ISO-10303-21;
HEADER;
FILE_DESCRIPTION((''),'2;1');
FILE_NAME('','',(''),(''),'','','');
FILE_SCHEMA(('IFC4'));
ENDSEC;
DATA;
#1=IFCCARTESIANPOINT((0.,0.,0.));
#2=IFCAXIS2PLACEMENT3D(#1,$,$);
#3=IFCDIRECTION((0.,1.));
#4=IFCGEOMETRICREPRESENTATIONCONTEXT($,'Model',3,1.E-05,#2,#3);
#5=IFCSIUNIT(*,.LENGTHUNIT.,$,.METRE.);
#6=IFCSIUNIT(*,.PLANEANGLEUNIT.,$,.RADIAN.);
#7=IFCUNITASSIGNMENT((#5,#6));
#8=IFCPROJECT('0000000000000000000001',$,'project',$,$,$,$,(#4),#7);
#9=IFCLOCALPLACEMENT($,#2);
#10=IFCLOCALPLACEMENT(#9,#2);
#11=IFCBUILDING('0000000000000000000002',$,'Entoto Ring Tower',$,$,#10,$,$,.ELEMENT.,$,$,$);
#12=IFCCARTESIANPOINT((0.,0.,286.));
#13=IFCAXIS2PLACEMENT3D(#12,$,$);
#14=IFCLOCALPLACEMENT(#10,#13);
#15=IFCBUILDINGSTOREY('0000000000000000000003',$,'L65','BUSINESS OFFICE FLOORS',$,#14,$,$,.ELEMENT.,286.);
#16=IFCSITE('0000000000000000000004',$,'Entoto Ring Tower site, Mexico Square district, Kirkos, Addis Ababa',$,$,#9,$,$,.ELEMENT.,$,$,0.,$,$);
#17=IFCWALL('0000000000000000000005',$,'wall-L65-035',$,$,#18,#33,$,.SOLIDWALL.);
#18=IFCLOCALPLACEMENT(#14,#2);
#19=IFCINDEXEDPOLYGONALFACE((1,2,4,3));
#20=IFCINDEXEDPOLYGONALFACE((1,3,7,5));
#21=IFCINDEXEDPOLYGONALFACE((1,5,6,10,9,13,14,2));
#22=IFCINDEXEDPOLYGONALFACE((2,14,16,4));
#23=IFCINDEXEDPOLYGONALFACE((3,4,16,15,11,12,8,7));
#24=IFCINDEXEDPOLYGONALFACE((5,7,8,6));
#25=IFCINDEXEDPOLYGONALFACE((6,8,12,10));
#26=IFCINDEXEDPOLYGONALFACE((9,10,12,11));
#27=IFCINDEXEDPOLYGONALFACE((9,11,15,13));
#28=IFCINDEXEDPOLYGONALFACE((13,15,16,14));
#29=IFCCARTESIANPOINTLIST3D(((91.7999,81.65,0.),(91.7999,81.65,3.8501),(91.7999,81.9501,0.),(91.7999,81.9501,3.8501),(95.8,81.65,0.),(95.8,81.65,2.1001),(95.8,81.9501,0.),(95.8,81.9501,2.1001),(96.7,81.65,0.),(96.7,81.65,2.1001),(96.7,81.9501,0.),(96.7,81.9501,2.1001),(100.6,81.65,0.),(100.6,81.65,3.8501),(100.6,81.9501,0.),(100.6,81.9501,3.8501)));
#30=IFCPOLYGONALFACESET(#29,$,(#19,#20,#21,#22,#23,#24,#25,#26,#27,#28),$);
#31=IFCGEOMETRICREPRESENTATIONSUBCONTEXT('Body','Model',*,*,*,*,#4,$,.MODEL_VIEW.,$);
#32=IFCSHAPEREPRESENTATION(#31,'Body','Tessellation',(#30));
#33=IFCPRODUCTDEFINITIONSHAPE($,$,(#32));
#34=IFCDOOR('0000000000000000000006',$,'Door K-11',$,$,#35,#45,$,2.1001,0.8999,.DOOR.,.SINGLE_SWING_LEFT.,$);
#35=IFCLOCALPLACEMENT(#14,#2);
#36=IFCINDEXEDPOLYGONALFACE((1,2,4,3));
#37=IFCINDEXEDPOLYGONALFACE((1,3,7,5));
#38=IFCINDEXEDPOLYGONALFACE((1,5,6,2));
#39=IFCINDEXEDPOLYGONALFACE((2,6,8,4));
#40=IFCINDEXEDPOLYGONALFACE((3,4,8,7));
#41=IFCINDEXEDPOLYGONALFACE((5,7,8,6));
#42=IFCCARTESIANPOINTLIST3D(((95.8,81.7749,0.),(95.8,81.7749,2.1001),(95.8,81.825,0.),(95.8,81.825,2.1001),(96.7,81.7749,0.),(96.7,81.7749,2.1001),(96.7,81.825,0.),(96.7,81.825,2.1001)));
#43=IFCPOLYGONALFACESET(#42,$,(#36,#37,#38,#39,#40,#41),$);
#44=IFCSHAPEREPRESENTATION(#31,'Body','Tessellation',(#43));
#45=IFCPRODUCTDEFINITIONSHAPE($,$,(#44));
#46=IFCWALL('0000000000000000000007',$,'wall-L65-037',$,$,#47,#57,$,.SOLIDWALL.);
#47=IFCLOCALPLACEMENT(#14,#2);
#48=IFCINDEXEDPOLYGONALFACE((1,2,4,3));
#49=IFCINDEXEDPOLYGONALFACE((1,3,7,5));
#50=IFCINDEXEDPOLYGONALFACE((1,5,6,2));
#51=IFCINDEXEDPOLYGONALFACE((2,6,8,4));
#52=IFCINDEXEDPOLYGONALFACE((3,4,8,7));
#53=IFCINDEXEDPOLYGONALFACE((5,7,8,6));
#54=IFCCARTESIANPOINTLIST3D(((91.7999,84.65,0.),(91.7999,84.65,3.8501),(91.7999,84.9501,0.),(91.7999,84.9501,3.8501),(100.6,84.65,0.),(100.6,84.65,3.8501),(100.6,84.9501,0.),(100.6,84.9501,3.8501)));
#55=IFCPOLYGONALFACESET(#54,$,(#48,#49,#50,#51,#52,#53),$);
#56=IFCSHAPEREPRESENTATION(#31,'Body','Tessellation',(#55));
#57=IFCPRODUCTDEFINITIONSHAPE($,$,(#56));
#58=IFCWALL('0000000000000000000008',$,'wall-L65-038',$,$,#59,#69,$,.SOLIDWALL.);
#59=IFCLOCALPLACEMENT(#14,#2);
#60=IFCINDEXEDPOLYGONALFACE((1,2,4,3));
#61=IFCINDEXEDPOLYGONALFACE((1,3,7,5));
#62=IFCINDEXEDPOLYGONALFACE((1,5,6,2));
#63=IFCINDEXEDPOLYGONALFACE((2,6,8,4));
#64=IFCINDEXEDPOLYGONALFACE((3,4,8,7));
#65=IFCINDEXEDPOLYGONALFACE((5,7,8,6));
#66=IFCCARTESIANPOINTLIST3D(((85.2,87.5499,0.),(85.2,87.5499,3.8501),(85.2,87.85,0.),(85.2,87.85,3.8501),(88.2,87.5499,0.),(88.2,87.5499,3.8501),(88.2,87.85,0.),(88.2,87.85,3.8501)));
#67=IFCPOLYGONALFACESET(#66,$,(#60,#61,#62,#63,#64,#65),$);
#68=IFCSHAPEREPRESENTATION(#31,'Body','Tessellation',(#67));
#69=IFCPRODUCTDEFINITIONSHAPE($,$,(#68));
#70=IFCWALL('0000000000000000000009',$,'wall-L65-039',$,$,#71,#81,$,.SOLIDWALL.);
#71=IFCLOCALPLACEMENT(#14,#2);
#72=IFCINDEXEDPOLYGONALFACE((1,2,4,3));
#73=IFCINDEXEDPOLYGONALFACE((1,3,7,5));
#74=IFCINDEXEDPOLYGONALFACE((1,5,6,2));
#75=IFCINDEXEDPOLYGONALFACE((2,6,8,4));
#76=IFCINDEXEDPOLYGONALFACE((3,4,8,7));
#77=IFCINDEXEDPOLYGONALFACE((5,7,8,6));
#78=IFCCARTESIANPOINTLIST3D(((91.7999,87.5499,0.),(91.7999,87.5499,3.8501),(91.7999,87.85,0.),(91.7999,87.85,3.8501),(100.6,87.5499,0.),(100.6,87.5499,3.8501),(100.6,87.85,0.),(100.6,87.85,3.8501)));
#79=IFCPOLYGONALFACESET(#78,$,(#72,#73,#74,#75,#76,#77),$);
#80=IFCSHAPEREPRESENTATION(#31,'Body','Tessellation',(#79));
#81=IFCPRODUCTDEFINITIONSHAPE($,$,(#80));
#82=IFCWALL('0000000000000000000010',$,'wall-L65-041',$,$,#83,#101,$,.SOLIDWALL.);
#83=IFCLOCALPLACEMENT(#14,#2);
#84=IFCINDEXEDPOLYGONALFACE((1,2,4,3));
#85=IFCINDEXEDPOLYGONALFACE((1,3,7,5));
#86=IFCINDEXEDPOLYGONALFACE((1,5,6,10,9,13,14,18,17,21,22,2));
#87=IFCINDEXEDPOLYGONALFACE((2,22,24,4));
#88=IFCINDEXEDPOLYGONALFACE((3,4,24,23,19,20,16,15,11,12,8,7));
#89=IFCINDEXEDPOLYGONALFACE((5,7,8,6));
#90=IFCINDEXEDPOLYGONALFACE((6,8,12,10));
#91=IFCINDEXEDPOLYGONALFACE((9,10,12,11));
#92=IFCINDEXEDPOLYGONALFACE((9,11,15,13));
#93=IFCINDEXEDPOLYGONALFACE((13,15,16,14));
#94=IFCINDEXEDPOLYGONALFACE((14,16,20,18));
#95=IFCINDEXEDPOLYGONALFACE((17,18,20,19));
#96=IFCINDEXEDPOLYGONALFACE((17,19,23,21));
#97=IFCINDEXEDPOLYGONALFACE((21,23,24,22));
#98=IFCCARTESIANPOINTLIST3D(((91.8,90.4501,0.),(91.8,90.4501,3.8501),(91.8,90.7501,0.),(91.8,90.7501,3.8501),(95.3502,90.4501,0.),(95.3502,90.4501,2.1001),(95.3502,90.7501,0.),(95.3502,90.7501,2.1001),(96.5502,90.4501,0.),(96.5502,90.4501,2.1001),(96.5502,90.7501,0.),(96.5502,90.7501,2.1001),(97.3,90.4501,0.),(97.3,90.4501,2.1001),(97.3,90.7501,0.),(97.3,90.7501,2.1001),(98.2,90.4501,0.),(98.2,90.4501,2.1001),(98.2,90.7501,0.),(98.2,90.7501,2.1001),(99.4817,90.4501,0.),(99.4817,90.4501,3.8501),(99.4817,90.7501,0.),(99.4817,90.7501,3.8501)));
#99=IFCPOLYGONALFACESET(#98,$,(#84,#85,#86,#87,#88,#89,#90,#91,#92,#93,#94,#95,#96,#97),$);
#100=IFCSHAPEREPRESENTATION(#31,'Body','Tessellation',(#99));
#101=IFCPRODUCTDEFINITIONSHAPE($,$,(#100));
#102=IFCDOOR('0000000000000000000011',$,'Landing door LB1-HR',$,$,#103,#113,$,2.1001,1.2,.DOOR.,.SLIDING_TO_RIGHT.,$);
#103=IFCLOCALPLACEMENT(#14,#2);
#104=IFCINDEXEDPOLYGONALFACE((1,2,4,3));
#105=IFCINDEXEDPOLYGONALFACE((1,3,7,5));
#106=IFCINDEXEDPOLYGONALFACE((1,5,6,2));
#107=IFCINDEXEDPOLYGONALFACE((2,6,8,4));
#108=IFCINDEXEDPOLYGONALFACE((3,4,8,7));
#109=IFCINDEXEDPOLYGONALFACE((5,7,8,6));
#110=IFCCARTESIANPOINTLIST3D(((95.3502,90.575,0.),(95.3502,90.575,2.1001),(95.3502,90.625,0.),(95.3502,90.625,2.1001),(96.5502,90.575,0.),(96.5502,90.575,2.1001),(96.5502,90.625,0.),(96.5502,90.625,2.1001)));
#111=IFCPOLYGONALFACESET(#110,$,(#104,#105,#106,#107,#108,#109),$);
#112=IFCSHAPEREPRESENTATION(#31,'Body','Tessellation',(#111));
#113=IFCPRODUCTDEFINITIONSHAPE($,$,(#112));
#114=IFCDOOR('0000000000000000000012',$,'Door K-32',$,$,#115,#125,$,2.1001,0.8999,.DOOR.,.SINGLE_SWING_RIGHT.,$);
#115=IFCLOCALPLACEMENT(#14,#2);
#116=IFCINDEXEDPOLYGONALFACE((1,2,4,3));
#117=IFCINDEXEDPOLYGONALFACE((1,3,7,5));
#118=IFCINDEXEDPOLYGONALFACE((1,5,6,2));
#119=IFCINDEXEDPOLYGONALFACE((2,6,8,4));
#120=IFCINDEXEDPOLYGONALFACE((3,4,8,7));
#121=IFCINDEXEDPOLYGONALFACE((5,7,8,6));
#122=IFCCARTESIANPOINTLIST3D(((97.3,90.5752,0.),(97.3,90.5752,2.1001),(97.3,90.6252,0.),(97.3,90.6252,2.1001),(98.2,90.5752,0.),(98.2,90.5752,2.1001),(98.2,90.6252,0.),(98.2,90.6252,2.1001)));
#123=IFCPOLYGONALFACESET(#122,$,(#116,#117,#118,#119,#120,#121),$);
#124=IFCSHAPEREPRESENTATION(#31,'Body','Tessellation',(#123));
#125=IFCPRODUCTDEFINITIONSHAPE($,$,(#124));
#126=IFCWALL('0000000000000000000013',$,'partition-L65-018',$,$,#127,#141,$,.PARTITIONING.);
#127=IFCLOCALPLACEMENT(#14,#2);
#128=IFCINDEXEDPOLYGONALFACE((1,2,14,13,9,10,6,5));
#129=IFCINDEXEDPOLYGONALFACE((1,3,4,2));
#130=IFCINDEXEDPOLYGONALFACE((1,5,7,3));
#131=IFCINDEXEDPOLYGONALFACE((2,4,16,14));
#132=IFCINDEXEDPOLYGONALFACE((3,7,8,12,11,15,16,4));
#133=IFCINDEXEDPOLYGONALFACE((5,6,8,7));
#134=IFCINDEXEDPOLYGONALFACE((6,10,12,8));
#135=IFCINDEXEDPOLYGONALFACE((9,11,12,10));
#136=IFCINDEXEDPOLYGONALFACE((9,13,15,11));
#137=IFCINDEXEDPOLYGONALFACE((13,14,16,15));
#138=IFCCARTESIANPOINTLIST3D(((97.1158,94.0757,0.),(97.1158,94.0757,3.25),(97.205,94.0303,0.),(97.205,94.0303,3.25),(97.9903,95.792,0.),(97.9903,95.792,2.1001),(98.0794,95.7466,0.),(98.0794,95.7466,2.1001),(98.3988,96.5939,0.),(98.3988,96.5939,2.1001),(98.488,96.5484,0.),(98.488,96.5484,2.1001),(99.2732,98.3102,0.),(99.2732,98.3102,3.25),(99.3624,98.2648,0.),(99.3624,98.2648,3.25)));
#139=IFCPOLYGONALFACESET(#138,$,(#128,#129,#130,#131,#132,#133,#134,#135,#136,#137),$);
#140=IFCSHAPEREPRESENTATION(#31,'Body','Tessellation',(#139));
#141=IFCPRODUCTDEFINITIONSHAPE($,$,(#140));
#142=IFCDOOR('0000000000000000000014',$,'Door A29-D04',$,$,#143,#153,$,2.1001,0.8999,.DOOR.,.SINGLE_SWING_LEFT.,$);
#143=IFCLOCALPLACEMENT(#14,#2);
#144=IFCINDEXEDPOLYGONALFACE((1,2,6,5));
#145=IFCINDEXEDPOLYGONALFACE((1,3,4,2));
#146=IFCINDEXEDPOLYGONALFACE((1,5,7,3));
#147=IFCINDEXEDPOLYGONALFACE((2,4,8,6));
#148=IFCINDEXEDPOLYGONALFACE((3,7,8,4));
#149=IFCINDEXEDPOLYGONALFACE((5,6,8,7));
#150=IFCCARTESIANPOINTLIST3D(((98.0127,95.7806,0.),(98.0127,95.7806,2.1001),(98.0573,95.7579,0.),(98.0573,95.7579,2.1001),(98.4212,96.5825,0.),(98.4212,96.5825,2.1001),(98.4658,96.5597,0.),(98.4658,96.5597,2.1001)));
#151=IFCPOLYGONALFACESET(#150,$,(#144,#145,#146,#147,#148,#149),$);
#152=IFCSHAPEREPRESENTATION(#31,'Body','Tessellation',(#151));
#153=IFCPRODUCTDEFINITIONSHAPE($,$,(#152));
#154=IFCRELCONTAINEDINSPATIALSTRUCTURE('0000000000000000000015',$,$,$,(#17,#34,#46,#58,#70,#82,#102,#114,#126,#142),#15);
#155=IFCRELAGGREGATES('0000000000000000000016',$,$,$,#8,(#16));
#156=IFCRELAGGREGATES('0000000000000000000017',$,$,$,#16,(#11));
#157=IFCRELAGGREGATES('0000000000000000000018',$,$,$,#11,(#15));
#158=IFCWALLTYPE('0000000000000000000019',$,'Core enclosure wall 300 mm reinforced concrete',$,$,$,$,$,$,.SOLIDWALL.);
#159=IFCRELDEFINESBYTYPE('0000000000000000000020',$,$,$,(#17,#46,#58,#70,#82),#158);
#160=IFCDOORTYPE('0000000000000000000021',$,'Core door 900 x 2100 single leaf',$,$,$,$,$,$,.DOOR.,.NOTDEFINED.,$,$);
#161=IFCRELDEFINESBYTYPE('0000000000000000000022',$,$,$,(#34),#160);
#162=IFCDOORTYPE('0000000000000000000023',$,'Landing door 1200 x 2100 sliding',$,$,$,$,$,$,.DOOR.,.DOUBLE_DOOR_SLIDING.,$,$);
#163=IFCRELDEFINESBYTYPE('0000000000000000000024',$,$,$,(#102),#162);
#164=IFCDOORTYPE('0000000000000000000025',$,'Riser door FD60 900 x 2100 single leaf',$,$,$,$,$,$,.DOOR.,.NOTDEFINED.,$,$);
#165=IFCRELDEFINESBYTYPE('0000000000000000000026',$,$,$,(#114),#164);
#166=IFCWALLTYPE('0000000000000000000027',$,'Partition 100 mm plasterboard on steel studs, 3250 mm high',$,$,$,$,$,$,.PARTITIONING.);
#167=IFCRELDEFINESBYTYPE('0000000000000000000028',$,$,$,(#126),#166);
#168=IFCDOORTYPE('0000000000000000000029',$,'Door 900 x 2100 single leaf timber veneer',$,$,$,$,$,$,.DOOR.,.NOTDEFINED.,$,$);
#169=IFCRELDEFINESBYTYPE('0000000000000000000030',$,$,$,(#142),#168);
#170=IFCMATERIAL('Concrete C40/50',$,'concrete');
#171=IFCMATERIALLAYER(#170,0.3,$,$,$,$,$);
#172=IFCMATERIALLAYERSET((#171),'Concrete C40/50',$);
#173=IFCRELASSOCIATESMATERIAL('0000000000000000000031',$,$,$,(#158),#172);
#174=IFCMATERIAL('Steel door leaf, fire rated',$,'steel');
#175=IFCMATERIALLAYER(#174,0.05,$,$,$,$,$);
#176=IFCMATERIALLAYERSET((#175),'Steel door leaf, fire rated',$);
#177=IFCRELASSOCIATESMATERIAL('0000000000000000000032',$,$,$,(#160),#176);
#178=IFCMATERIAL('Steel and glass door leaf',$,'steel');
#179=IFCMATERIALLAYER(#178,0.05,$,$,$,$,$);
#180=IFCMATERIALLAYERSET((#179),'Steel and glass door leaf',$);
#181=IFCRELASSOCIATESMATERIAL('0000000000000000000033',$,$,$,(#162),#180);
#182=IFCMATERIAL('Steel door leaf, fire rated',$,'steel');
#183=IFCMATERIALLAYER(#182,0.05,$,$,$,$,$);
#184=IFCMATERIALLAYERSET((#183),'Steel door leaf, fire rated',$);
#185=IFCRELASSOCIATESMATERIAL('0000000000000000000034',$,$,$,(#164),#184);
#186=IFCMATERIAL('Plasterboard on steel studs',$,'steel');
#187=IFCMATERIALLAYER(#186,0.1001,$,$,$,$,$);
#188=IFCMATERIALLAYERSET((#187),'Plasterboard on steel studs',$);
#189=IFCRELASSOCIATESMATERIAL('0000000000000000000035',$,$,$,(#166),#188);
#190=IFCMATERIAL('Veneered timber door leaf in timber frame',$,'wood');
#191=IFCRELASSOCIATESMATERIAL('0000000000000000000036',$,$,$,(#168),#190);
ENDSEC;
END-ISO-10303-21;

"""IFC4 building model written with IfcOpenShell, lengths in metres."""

from ifc_helpers import new_model, si_unit, direction, frame, frame_2d, origin, place, context, subcontext, project, spatial, rectangle, extrude, material, layer, layer_set, type_object, element, fill, save


model = new_model("IFC4")

# Units and contexts
model_context = context("Model", 3, precision=1e-05, world=origin(), true_north=direction((0.0, 1.0)))
body_context = subcontext(model_context, "Body", "Model", "MODEL_VIEW")
ifc_project = project(units=[si_unit("LENGTHUNIT", "METRE"), si_unit("PLANEANGLEUNIT", "RADIAN")], contexts=[model_context])

# Site, building, storey
site_placement = place(None, origin())
site = spatial("IfcSite", under=ifc_project, at=site_placement, Name="Entoto Ring Tower site, Mexico Square district, Kirkos, Addis Ababa", CompositionType="ELEMENT", RefElevation=0.0)
building_placement = place(site_placement, origin())
building = spatial("IfcBuilding", under=site, at=building_placement, Name="Entoto Ring Tower", CompositionType="ELEMENT")
storey_placement = place(building_placement, frame((0.0, 0.0, 286.0)))
storey = spatial("IfcBuildingStorey", under=building, at=storey_placement, Name="L65", Description="BUSINESS OFFICE FLOORS", CompositionType="ELEMENT", Elevation=286.0)

# Shared definitions
ifc_material_1 = material(Name="Concrete C40/50", Category="concrete")
ifc_layer_1 = layer(ifc_material_1, 0.3)
ifc_layer_set_1 = layer_set([ifc_layer_1], Name="Concrete C40/50")
wall_type_1 = type_object("IfcWallType", Name="Core enclosure wall 300 mm reinforced concrete", PredefinedType="SOLIDWALL", material=ifc_layer_set_1)

# Shared definitions
ifc_material_2 = material(Name="Steel door leaf, fire rated", Category="steel")
ifc_layer_2 = layer(ifc_material_2, 0.05)
ifc_layer_set_2 = layer_set([ifc_layer_2], Name="Steel door leaf, fire rated")
door_type_1 = type_object("IfcDoorType", Name="Core door 900 x 2100 single leaf", OperationType="NOTDEFINED", PredefinedType="DOOR", material=ifc_layer_set_2)
ifc_material_3 = material(Name="Steel and glass door leaf", Category="steel")
ifc_layer_3 = layer(ifc_material_3, 0.05)
ifc_layer_set_3 = layer_set([ifc_layer_3], Name="Steel and glass door leaf")
door_type_2 = type_object("IfcDoorType", Name="Landing door 1200 x 2100 sliding", OperationType="DOUBLE_DOOR_SLIDING", PredefinedType="DOOR", material=ifc_layer_set_3)

# Wall, opening, door
wall_1_placement = place(storey_placement, frame((91.8, 81.8, 0.0), z_axis=(0.0, 0.0, 1.0), x_axis=(1.0, 0.0, 0.0)))
wall_1 = element("IfcWall", 1, at=wall_1_placement, inside=storey, type_object=wall_type_1, Name="wall-L65-035", PredefinedType="SOLIDWALL", context=body_context, shape_type="SweptSolid", body=[
    extrude(rectangle(XDim=8.8, YDim=0.3, at=frame_2d((4.3999, 0.0))), origin(), (0.0, 0.0, 1.0), 3.8501),
])
opening_1_placement = place(wall_1_placement, frame((4.0, 0.0, 0.0)))
opening_1 = element("IfcOpeningElement", 2, at=opening_1_placement, cuts=wall_1, PredefinedType="OPENING", context=body_context, shape_type="SweptSolid", body=[
    extrude(rectangle(XDim=0.8999, YDim=2.1001, at=frame_2d((0.45, 1.05))), frame((0.0, 0.1602, 0.0), z_axis=(0.0, -1.0, 0.0), x_axis=(1.0, 0.0, 0.0)), (0.0, 0.0, 1.0), 0.3201),
])
door_1_placement = place(opening_1_placement, origin())
door_1 = element("IfcDoor", 3, at=door_1_placement, inside=storey, type_object=door_type_1, Name="Door K-11", OperationType="SINGLE_SWING_LEFT", OverallHeight=2.1001, OverallWidth=0.8999, PredefinedType="DOOR", context=body_context, shape_type="SweptSolid", body=[
    extrude(rectangle(XDim=0.8999, YDim=2.1001, at=frame_2d((0.45, 1.05))), frame((0.0, 0.0249, 0.0), z_axis=(0.0, -1.0, 0.0), x_axis=(1.0, 0.0, 0.0)), (0.0, 0.0, 1.0), 0.05),
])
fill(opening_1, door_1)

# Walls
wall_2_placement = place(storey_placement, frame((91.8, 84.8, 0.0), z_axis=(0.0, 0.0, 1.0), x_axis=(1.0, 0.0, 0.0)))
element("IfcWall", 4, at=wall_2_placement, inside=storey, type_object=wall_type_1, Name="wall-L65-037", PredefinedType="SOLIDWALL", context=body_context, shape_type="SweptSolid", body=[
    extrude(rectangle(XDim=8.8, YDim=0.3, at=frame_2d((4.3999, 0.0))), origin(), (0.0, 0.0, 1.0), 3.8501),
])
wall_3_placement = place(storey_placement, frame((85.2, 87.7, 0.0), z_axis=(0.0, 0.0, 1.0), x_axis=(1.0, 0.0, 0.0)))
element("IfcWall", 5, at=wall_3_placement, inside=storey, type_object=wall_type_1, Name="wall-L65-038", PredefinedType="SOLIDWALL", context=body_context, shape_type="SweptSolid", body=[
    extrude(rectangle(XDim=3.0, YDim=0.3, at=frame_2d((1.5, 0.0))), origin(), (0.0, 0.0, 1.0), 3.8501),
])
wall_4_placement = place(storey_placement, frame((91.8, 87.7, 0.0), z_axis=(0.0, 0.0, 1.0), x_axis=(1.0, 0.0, 0.0)))
element("IfcWall", 6, at=wall_4_placement, inside=storey, type_object=wall_type_1, Name="wall-L65-039", PredefinedType="SOLIDWALL", context=body_context, shape_type="SweptSolid", body=[
    extrude(rectangle(XDim=8.8, YDim=0.3, at=frame_2d((4.3999, 0.0))), origin(), (0.0, 0.0, 1.0), 3.8501),
])

# Wall, openings, doors
wall_5_placement = place(storey_placement, frame((91.8, 90.6001, 0.0), z_axis=(0.0, 0.0, 1.0), x_axis=(1.0, 0.0, 0.0)))
wall_5 = element("IfcWall", 7, at=wall_5_placement, inside=storey, type_object=wall_type_1, Name="wall-L65-041", PredefinedType="SOLIDWALL", context=body_context, shape_type="SweptSolid", body=[
    extrude(rectangle(XDim=7.6816, YDim=0.3, at=frame_2d((3.8408, 0.0))), origin(), (0.0, 0.0, 1.0), 3.8501),
])
opening_2_placement = place(wall_5_placement, frame((3.55, 0.0, 0.0)))
opening_2 = element("IfcOpeningElement", 8, at=opening_2_placement, cuts=wall_5, PredefinedType="OPENING", context=body_context, shape_type="SweptSolid", body=[
    extrude(rectangle(XDim=1.2, YDim=2.1001, at=frame_2d((0.6001, 1.05))), frame((0.0, 0.1602, 0.0), z_axis=(0.0, -1.0, 0.0), x_axis=(1.0, 0.0, 0.0)), (0.0, 0.0, 1.0), 0.3201),
])
opening_3_placement = place(wall_5_placement, frame((5.5, 0.0, 0.0)))
opening_3 = element("IfcOpeningElement", 9, at=opening_3_placement, cuts=wall_5, PredefinedType="OPENING", context=body_context, shape_type="SweptSolid", body=[
    extrude(rectangle(XDim=0.8999, YDim=2.1001, at=frame_2d((0.45, 1.05))), frame((0.0, 0.1602, 0.0), z_axis=(0.0, -1.0, 0.0), x_axis=(1.0, 0.0, 0.0)), (0.0, 0.0, 1.0), 0.3201),
])
door_2_placement = place(opening_2_placement, origin())
door_2 = element("IfcDoor", 10, at=door_2_placement, inside=storey, type_object=door_type_2, Name="Landing door LB1-HR", OperationType="SLIDING_TO_RIGHT", OverallHeight=2.1001, OverallWidth=1.2, PredefinedType="DOOR", context=body_context, shape_type="SweptSolid", body=[
    extrude(rectangle(XDim=1.2, YDim=2.1001, at=frame_2d((0.6001, 1.05))), frame((0.0, 0.0249, 0.0), z_axis=(0.0, -1.0, 0.0), x_axis=(1.0, 0.0, 0.0)), (0.0, 0.0, 1.0), 0.05),
])
fill(opening_2, door_2)
ifc_material_4 = material(Name="Steel door leaf, fire rated", Category="steel")
ifc_layer_4 = layer(ifc_material_4, 0.05)
ifc_layer_set_4 = layer_set([ifc_layer_4], Name="Steel door leaf, fire rated")
door_type_3 = type_object("IfcDoorType", Name="Riser door FD60 900 x 2100 single leaf", OperationType="NOTDEFINED", PredefinedType="DOOR", material=ifc_layer_set_4)
door_3_placement = place(opening_3_placement, frame((0.8999, 0.0, 0.0), z_axis=(0.0, 0.0, 1.0), x_axis=(-1.0, 0.0, 0.0)))
door_3 = element("IfcDoor", 11, at=door_3_placement, inside=storey, type_object=door_type_3, Name="Door K-32", OperationType="SINGLE_SWING_RIGHT", OverallHeight=2.1001, OverallWidth=0.8999, PredefinedType="DOOR", context=body_context, shape_type="SweptSolid", body=[
    extrude(rectangle(XDim=0.8999, YDim=2.1001, at=frame_2d((0.45, 1.05))), frame((0.0, 0.0249, 0.0), z_axis=(0.0, -1.0, 0.0), x_axis=(1.0, 0.0, 0.0)), (0.0, 0.0, 1.0), 0.05),
])
fill(opening_3, door_3)

# Wall, opening, door
ifc_material_5 = material(Name="Plasterboard on steel studs", Category="steel")
ifc_layer_5 = layer(ifc_material_5, 0.1001)
ifc_layer_set_5 = layer_set([ifc_layer_5], Name="Plasterboard on steel studs")
wall_type_2 = type_object("IfcWallType", Name="Partition 100 mm plasterboard on steel studs, 3250 mm high", PredefinedType="PARTITIONING", material=ifc_layer_set_5)
wall_6_placement = place(storey_placement, frame((97.1604, 94.053, 0.0), z_axis=(0.0, 0.0, 1.0), x_axis=(0.453961, 0.891021, 0.0)))
wall_6 = element("IfcWall", 12, at=wall_6_placement, inside=storey, type_object=wall_type_2, Name="partition-L65-018", PredefinedType="PARTITIONING", context=body_context, shape_type="SweptSolid", body=[
    extrude(rectangle(XDim=4.7524, YDim=0.1001, at=frame_2d((2.3762, 0.0))), origin(), (0.0, 0.0, 1.0), 3.25),
])
opening_4_placement = place(wall_6_placement, frame((1.9263, 0.0, 0.0)))
opening_4 = element("IfcOpeningElement", 13, at=opening_4_placement, cuts=wall_6, PredefinedType="OPENING", context=body_context, shape_type="SweptSolid", body=[
    extrude(rectangle(XDim=0.8999, YDim=2.1001, at=frame_2d((0.45, 1.05))), frame((0.0, 0.0601, 0.0), z_axis=(0.0, -1.0, 0.0), x_axis=(1.0, 0.0, 0.0)), (0.0, 0.0, 1.0), 0.1201),
])
ifc_material_6 = material(Name="Veneered timber door leaf in timber frame", Category="wood")
door_type_4 = type_object("IfcDoorType", Name="Door 900 x 2100 single leaf timber veneer", OperationType="NOTDEFINED", PredefinedType="DOOR", material=ifc_material_6)
door_4_placement = place(opening_4_placement, origin())
door_4 = element("IfcDoor", 14, at=door_4_placement, inside=storey, type_object=door_type_4, Name="Door A29-D04", OperationType="SINGLE_SWING_LEFT", OverallHeight=2.1001, OverallWidth=0.8999, PredefinedType="DOOR", context=body_context, shape_type="SweptSolid", body=[
    extrude(rectangle(XDim=0.8999, YDim=2.1001, at=frame_2d((0.45, 1.05))), frame((0.0, 0.0249, 0.0), z_axis=(0.0, -1.0, 0.0), x_axis=(1.0, 0.0, 0.0)), (0.0, 0.0, 1.0), 0.05),
])
fill(opening_4, door_4)

save(model, "model.ifc")
